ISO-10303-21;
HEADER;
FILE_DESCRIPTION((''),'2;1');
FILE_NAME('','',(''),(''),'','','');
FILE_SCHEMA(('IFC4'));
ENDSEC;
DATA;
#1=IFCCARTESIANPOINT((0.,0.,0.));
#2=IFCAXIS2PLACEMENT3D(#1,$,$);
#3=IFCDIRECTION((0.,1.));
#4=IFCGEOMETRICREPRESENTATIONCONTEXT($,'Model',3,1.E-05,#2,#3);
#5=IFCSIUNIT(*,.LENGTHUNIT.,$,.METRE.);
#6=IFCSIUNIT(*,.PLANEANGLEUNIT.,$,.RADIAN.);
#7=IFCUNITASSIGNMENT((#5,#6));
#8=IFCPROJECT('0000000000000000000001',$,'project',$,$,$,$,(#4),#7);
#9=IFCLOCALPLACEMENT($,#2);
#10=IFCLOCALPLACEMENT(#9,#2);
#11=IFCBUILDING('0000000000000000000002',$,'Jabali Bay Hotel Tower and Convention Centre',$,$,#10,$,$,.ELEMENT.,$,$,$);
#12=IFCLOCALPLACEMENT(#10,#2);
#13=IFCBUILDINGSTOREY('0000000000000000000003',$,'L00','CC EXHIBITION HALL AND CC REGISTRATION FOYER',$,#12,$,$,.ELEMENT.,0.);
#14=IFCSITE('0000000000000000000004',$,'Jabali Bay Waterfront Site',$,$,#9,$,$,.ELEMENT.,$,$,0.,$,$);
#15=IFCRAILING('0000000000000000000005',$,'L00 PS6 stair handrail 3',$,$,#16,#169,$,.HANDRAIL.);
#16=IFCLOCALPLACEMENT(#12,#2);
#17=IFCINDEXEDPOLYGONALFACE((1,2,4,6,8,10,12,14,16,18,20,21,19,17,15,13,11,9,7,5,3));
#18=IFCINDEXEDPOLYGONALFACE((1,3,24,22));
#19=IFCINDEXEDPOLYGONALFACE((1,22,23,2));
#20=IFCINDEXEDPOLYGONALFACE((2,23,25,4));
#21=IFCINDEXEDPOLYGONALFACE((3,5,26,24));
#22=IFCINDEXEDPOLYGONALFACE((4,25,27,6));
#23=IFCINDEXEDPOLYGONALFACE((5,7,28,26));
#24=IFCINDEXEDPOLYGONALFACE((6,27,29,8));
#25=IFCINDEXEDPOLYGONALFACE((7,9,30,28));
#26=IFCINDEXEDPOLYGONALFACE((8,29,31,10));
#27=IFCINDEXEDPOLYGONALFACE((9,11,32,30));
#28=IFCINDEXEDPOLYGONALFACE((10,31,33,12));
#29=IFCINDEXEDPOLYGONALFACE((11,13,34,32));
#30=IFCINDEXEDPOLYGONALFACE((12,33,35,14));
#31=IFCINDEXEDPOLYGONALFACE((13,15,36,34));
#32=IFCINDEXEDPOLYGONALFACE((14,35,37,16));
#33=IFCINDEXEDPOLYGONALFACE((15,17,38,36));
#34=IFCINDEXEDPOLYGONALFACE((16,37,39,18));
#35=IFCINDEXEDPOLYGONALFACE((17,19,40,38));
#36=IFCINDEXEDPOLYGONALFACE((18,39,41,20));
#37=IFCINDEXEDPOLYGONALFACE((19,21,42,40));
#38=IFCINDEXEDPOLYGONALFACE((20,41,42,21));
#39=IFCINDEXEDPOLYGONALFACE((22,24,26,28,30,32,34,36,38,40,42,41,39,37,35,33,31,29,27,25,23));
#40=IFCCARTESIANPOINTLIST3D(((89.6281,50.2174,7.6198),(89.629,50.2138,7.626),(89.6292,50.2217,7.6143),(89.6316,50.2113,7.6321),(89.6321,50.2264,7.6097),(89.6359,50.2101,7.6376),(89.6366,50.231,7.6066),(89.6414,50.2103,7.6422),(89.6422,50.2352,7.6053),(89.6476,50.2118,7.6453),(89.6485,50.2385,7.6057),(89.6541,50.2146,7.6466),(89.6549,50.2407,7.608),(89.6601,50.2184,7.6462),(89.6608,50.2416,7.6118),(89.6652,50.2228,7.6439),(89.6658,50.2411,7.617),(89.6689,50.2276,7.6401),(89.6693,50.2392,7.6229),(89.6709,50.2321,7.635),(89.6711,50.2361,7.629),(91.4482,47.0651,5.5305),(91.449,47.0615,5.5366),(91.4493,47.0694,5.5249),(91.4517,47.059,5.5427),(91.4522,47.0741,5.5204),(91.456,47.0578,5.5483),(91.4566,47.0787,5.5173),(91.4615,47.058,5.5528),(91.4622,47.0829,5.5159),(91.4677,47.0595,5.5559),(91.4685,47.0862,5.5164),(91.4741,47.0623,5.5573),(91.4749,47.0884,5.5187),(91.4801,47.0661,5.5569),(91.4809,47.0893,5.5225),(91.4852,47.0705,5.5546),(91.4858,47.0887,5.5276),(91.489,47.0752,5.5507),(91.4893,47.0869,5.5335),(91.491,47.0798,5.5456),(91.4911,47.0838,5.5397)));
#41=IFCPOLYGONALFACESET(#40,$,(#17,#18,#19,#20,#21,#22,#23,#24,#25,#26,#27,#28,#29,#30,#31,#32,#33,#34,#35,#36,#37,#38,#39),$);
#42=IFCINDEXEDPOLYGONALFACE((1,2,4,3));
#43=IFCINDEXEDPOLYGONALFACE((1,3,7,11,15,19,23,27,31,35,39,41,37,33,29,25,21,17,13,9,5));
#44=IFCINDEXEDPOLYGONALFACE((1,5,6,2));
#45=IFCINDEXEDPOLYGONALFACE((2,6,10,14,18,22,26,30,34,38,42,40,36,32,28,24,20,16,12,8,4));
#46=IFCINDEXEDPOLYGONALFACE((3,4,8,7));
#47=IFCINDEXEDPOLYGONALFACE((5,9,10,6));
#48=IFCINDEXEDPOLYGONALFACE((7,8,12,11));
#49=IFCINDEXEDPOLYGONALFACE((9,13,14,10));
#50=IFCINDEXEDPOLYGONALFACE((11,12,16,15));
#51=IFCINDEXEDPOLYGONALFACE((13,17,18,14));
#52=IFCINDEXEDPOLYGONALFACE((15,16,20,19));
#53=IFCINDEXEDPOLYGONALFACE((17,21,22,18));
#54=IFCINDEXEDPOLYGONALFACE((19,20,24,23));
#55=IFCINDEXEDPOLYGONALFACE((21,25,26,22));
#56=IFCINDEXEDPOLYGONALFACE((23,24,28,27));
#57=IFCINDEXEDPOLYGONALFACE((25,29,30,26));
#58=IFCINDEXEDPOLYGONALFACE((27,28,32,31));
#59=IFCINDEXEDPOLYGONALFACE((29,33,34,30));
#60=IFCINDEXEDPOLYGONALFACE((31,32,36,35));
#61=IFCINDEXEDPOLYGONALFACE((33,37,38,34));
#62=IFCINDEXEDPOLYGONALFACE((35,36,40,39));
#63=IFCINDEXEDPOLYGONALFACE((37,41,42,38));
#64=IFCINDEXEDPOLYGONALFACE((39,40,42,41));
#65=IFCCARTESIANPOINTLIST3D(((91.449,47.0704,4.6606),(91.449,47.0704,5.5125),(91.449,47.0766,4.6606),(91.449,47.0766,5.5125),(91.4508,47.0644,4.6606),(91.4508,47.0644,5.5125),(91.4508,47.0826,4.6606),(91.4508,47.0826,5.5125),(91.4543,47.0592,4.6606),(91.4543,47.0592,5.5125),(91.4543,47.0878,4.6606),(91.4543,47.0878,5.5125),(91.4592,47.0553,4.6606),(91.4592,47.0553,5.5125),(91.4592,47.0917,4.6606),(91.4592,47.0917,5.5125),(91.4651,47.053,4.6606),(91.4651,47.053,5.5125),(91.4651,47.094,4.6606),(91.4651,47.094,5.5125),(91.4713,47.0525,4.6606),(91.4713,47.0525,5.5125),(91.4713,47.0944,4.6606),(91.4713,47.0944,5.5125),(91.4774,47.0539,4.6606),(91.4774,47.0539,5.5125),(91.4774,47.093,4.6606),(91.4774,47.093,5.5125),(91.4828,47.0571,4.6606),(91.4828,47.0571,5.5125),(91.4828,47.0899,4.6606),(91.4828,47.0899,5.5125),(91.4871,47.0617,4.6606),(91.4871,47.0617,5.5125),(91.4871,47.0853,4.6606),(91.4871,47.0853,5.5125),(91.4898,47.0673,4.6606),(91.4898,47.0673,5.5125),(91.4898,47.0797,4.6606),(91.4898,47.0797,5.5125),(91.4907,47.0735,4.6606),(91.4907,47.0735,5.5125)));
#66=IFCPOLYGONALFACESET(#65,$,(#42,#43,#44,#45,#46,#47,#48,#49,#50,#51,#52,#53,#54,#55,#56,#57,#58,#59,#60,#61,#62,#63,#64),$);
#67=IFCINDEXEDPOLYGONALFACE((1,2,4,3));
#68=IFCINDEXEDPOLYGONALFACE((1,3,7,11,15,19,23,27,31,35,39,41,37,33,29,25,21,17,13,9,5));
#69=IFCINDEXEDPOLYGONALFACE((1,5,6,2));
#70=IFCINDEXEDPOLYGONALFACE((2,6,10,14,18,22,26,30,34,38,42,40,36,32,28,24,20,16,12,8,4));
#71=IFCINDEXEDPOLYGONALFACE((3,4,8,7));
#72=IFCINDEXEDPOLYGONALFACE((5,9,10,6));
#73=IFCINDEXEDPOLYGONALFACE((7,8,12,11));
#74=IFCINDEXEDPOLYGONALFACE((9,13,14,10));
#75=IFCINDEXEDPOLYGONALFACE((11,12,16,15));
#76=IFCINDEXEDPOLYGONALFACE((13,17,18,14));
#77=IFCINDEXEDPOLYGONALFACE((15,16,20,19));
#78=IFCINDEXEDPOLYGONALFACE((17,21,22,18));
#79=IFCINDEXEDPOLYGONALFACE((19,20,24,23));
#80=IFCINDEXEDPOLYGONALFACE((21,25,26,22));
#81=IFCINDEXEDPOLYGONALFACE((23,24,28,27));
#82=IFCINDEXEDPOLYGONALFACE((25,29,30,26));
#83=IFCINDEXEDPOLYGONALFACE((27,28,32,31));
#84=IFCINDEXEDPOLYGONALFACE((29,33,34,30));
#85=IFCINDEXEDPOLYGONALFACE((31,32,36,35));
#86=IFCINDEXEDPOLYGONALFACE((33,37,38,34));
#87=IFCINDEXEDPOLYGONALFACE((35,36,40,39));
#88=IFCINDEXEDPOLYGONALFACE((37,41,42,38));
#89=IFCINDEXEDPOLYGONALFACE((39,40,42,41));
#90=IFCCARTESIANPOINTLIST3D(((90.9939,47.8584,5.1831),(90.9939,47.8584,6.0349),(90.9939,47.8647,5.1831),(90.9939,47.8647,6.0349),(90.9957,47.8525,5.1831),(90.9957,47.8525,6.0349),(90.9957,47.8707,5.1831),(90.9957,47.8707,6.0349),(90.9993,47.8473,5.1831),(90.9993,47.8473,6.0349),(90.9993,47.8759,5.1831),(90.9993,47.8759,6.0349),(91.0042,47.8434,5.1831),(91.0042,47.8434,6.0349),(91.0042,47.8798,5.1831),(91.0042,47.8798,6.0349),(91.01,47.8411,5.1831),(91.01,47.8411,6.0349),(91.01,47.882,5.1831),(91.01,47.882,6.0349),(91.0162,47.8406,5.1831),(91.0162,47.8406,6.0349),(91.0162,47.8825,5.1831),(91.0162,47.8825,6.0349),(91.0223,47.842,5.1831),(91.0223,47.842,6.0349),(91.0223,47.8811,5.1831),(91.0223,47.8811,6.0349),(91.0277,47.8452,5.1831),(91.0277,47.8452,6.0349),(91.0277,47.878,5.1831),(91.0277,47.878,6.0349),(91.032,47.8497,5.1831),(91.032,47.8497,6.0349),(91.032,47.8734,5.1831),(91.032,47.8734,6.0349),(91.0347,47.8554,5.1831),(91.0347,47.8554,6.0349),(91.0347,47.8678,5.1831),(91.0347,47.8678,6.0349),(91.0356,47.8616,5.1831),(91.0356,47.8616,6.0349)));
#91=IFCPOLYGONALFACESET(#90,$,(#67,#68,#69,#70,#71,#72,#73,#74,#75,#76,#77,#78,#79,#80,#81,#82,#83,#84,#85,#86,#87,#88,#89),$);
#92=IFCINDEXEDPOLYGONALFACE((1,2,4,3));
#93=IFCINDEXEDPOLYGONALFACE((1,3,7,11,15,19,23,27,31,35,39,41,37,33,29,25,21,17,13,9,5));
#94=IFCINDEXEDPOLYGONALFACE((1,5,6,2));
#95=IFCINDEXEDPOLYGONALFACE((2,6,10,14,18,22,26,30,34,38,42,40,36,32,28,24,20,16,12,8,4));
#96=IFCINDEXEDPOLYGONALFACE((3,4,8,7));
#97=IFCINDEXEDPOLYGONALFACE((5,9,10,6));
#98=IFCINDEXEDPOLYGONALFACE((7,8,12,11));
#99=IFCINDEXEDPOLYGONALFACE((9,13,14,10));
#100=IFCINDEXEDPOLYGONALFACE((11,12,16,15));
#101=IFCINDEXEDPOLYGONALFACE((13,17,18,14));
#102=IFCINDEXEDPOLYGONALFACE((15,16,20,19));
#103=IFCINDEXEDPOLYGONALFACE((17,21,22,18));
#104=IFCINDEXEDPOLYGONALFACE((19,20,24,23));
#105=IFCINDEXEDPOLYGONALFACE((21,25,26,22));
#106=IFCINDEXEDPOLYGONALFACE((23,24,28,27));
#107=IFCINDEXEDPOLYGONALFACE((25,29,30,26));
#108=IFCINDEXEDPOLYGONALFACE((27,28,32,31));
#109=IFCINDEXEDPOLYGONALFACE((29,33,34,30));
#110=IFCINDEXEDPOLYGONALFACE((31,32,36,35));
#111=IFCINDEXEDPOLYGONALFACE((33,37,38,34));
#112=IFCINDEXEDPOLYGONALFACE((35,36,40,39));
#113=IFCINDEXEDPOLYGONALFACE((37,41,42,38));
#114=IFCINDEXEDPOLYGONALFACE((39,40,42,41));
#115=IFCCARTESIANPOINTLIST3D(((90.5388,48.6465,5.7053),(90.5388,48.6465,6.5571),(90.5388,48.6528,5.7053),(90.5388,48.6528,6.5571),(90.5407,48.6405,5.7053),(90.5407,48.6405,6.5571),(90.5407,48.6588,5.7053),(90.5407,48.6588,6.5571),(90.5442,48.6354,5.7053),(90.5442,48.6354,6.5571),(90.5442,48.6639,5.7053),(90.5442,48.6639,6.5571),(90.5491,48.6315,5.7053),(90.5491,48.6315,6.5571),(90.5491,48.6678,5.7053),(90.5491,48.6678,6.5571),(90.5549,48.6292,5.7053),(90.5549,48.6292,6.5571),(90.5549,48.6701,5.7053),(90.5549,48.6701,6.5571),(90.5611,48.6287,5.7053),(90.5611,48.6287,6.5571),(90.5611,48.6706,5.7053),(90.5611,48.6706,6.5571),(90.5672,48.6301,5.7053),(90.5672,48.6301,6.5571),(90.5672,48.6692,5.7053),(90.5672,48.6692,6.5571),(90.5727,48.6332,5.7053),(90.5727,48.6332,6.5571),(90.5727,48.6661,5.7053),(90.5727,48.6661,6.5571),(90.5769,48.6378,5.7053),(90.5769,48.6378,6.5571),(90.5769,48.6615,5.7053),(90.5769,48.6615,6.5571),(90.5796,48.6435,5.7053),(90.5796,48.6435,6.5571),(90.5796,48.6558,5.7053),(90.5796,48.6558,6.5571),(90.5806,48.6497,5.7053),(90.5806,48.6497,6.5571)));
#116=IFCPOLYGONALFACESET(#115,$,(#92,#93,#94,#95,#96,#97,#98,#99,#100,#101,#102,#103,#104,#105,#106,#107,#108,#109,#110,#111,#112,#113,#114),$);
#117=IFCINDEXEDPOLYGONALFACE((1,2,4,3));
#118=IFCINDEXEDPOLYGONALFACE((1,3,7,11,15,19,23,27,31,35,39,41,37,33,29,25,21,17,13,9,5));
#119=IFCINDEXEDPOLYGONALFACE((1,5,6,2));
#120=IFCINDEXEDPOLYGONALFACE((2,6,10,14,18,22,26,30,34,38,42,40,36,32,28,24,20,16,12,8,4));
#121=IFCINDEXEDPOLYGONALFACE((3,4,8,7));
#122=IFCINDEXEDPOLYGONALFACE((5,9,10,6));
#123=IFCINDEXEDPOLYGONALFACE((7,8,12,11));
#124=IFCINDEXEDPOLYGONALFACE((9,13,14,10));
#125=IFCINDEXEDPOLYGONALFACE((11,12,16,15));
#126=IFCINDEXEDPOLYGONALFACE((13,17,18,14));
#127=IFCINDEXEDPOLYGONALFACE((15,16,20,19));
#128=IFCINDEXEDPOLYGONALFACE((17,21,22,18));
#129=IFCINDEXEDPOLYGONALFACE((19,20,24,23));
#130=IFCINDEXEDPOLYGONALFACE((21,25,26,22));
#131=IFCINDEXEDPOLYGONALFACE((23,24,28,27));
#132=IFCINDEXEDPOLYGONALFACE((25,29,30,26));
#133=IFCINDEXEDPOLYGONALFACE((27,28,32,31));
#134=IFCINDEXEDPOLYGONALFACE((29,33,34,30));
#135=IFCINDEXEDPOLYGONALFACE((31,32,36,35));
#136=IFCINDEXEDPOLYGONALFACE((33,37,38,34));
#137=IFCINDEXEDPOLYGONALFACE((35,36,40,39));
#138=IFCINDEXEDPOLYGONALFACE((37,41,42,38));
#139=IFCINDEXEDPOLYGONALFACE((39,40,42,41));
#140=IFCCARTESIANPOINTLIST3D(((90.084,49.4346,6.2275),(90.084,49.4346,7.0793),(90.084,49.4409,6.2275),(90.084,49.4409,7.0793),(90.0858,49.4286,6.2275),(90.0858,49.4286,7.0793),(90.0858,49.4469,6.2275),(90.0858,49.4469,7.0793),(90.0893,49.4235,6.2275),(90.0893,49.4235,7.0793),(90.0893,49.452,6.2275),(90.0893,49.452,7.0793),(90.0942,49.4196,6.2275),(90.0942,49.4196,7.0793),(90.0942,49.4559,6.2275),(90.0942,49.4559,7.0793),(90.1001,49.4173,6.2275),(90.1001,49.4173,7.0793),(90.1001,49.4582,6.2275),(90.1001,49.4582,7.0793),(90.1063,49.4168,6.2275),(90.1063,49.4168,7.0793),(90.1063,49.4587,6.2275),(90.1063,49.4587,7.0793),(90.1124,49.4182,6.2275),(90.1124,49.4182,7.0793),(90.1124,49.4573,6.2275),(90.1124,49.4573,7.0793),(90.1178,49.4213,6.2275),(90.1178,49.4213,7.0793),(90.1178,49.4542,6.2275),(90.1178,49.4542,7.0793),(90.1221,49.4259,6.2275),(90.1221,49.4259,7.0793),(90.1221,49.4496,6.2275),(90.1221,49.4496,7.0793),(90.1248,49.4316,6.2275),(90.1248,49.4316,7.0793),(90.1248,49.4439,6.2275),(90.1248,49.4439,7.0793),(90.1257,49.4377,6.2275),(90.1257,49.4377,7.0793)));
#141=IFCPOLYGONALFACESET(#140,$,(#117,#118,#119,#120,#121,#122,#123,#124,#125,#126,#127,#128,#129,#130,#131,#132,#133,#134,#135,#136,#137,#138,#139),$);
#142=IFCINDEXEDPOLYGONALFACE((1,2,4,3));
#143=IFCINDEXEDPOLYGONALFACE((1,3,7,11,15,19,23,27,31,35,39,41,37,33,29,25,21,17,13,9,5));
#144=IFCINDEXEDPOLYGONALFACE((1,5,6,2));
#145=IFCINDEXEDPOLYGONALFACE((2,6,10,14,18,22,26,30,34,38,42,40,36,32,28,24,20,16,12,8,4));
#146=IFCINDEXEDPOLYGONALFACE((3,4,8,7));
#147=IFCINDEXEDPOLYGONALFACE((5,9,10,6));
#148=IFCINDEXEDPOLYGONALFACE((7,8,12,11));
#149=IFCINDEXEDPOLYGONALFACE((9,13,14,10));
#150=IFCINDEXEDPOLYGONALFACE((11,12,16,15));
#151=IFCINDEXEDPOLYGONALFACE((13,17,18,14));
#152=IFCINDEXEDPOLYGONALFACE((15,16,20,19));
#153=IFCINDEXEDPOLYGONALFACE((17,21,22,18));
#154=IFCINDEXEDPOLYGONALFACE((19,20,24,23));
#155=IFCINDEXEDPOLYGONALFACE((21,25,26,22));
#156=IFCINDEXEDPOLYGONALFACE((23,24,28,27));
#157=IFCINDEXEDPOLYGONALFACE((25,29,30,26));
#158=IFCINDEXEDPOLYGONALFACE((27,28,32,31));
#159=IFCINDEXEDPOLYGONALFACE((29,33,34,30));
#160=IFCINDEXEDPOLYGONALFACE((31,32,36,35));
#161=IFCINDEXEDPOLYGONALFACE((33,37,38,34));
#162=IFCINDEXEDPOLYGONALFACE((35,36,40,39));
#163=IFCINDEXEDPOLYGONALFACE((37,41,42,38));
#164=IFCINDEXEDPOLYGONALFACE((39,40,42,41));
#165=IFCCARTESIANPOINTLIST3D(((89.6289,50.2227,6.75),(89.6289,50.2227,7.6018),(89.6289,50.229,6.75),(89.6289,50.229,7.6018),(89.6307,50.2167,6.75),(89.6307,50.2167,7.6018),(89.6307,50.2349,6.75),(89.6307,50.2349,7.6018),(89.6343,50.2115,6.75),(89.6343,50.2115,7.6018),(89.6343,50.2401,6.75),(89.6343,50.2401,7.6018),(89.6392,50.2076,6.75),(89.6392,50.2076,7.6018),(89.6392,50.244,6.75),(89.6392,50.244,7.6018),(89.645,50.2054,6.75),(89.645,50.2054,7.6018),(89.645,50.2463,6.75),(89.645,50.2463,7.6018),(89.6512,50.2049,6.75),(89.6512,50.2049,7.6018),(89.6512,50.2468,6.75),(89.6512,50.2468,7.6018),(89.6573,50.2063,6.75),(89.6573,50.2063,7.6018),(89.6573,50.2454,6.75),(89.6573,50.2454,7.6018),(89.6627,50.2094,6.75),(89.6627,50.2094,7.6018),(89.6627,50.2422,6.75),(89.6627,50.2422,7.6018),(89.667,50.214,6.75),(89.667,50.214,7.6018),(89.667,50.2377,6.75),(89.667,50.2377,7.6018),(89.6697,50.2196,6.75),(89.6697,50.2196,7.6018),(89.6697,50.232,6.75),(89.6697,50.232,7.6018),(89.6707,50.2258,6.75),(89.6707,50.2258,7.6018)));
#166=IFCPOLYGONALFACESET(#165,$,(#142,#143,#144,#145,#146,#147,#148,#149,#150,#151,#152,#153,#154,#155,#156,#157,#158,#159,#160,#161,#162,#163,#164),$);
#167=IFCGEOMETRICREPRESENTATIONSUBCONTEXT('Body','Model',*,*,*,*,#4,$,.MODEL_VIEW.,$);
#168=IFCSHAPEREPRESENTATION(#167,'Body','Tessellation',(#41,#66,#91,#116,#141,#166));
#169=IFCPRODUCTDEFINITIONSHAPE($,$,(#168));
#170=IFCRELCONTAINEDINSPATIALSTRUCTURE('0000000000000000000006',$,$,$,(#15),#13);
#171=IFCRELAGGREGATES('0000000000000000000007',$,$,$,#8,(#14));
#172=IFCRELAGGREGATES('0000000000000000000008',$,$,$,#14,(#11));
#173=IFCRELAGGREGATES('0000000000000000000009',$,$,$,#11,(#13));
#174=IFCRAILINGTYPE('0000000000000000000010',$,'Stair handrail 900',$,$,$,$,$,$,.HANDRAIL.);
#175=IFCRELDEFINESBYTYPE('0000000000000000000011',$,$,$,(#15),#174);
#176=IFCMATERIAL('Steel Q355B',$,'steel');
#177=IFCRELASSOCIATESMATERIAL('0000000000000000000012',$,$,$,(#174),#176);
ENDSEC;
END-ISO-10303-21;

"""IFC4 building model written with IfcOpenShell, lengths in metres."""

from ifc_helpers import new_model, si_unit, direction, frame, origin, origin_2d, place, context, subcontext, project, spatial, circle, extrude, material, type_object, element, save


model = new_model("IFC4")

# Units and contexts
model_context = context("Model", 3, precision=1e-05, world=origin(), true_north=direction((0.0, 1.0)))
body_context = subcontext(model_context, "Body", "Model", "MODEL_VIEW")
ifc_project = project(units=[si_unit("LENGTHUNIT", "METRE"), si_unit("PLANEANGLEUNIT", "RADIAN")], contexts=[model_context])

# Site, building, storey
site_placement = place(None, origin())
site = spatial("IfcSite", under=ifc_project, at=site_placement, Name="Jabali Bay Waterfront Site", CompositionType="ELEMENT", RefElevation=0.0)
building_placement = place(site_placement, origin())
building = spatial("IfcBuilding", under=site, at=building_placement, Name="Jabali Bay Hotel Tower and Convention Centre", CompositionType="ELEMENT")
storey_placement = place(building_placement, origin())
storey = spatial("IfcBuildingStorey", under=building, at=storey_placement, Name="L00", Description="CC EXHIBITION HALL AND CC REGISTRATION FOYER", CompositionType="ELEMENT", Elevation=0.0)

# Railing
ifc_material_1 = material(Name="Steel Q355B", Category="steel")
railing_type_1 = type_object("IfcRailingType", Name="Stair handrail 900", PredefinedType="HANDRAIL", material=ifc_material_1)
for number, where, name in (
    (1, (91.4697, 47.0735, 4.6606), "L00 PS6 stair handrail 3"),
):
    element("IfcRailing", number, at=place(storey_placement, frame(where)), inside=storey, type_object=railing_type_1, Name=name, PredefinedType="HANDRAIL", context=body_context, shape_type="SweptSolid", body=[
        extrude(circle(Radius=0.0239, at=origin_2d()), frame((0.0, 0.0, 0.876), z_axis=(-0.433653, 0.751084, 0.497814), x_axis=(-0.866018, -0.500013, 0.0)), (0.0, 0.0, 1.0), 4.197),
        extrude(circle(Radius=0.021, at=origin_2d()), origin(), (0.0, 0.0, 1.0), 0.8518),
        extrude(circle(Radius=0.021, at=origin_2d()), frame((-0.4551, 0.7881, 0.5225)), (0.0, 0.0, 1.0), 0.8518),
        extrude(circle(Radius=0.021, at=origin_2d()), frame((-0.9102, 1.5762, 1.0447)), (0.0, 0.0, 1.0), 0.8518),
        extrude(circle(Radius=0.021, at=origin_2d()), frame((-1.365, 2.3643, 1.5669)), (0.0, 0.0, 1.0), 0.8518),
        extrude(circle(Radius=0.021, at=origin_2d()), frame((-1.8201, 3.1523, 2.0894)), (0.0, 0.0, 1.0), 0.8518),
    ])

save(model, "model.ifc")
